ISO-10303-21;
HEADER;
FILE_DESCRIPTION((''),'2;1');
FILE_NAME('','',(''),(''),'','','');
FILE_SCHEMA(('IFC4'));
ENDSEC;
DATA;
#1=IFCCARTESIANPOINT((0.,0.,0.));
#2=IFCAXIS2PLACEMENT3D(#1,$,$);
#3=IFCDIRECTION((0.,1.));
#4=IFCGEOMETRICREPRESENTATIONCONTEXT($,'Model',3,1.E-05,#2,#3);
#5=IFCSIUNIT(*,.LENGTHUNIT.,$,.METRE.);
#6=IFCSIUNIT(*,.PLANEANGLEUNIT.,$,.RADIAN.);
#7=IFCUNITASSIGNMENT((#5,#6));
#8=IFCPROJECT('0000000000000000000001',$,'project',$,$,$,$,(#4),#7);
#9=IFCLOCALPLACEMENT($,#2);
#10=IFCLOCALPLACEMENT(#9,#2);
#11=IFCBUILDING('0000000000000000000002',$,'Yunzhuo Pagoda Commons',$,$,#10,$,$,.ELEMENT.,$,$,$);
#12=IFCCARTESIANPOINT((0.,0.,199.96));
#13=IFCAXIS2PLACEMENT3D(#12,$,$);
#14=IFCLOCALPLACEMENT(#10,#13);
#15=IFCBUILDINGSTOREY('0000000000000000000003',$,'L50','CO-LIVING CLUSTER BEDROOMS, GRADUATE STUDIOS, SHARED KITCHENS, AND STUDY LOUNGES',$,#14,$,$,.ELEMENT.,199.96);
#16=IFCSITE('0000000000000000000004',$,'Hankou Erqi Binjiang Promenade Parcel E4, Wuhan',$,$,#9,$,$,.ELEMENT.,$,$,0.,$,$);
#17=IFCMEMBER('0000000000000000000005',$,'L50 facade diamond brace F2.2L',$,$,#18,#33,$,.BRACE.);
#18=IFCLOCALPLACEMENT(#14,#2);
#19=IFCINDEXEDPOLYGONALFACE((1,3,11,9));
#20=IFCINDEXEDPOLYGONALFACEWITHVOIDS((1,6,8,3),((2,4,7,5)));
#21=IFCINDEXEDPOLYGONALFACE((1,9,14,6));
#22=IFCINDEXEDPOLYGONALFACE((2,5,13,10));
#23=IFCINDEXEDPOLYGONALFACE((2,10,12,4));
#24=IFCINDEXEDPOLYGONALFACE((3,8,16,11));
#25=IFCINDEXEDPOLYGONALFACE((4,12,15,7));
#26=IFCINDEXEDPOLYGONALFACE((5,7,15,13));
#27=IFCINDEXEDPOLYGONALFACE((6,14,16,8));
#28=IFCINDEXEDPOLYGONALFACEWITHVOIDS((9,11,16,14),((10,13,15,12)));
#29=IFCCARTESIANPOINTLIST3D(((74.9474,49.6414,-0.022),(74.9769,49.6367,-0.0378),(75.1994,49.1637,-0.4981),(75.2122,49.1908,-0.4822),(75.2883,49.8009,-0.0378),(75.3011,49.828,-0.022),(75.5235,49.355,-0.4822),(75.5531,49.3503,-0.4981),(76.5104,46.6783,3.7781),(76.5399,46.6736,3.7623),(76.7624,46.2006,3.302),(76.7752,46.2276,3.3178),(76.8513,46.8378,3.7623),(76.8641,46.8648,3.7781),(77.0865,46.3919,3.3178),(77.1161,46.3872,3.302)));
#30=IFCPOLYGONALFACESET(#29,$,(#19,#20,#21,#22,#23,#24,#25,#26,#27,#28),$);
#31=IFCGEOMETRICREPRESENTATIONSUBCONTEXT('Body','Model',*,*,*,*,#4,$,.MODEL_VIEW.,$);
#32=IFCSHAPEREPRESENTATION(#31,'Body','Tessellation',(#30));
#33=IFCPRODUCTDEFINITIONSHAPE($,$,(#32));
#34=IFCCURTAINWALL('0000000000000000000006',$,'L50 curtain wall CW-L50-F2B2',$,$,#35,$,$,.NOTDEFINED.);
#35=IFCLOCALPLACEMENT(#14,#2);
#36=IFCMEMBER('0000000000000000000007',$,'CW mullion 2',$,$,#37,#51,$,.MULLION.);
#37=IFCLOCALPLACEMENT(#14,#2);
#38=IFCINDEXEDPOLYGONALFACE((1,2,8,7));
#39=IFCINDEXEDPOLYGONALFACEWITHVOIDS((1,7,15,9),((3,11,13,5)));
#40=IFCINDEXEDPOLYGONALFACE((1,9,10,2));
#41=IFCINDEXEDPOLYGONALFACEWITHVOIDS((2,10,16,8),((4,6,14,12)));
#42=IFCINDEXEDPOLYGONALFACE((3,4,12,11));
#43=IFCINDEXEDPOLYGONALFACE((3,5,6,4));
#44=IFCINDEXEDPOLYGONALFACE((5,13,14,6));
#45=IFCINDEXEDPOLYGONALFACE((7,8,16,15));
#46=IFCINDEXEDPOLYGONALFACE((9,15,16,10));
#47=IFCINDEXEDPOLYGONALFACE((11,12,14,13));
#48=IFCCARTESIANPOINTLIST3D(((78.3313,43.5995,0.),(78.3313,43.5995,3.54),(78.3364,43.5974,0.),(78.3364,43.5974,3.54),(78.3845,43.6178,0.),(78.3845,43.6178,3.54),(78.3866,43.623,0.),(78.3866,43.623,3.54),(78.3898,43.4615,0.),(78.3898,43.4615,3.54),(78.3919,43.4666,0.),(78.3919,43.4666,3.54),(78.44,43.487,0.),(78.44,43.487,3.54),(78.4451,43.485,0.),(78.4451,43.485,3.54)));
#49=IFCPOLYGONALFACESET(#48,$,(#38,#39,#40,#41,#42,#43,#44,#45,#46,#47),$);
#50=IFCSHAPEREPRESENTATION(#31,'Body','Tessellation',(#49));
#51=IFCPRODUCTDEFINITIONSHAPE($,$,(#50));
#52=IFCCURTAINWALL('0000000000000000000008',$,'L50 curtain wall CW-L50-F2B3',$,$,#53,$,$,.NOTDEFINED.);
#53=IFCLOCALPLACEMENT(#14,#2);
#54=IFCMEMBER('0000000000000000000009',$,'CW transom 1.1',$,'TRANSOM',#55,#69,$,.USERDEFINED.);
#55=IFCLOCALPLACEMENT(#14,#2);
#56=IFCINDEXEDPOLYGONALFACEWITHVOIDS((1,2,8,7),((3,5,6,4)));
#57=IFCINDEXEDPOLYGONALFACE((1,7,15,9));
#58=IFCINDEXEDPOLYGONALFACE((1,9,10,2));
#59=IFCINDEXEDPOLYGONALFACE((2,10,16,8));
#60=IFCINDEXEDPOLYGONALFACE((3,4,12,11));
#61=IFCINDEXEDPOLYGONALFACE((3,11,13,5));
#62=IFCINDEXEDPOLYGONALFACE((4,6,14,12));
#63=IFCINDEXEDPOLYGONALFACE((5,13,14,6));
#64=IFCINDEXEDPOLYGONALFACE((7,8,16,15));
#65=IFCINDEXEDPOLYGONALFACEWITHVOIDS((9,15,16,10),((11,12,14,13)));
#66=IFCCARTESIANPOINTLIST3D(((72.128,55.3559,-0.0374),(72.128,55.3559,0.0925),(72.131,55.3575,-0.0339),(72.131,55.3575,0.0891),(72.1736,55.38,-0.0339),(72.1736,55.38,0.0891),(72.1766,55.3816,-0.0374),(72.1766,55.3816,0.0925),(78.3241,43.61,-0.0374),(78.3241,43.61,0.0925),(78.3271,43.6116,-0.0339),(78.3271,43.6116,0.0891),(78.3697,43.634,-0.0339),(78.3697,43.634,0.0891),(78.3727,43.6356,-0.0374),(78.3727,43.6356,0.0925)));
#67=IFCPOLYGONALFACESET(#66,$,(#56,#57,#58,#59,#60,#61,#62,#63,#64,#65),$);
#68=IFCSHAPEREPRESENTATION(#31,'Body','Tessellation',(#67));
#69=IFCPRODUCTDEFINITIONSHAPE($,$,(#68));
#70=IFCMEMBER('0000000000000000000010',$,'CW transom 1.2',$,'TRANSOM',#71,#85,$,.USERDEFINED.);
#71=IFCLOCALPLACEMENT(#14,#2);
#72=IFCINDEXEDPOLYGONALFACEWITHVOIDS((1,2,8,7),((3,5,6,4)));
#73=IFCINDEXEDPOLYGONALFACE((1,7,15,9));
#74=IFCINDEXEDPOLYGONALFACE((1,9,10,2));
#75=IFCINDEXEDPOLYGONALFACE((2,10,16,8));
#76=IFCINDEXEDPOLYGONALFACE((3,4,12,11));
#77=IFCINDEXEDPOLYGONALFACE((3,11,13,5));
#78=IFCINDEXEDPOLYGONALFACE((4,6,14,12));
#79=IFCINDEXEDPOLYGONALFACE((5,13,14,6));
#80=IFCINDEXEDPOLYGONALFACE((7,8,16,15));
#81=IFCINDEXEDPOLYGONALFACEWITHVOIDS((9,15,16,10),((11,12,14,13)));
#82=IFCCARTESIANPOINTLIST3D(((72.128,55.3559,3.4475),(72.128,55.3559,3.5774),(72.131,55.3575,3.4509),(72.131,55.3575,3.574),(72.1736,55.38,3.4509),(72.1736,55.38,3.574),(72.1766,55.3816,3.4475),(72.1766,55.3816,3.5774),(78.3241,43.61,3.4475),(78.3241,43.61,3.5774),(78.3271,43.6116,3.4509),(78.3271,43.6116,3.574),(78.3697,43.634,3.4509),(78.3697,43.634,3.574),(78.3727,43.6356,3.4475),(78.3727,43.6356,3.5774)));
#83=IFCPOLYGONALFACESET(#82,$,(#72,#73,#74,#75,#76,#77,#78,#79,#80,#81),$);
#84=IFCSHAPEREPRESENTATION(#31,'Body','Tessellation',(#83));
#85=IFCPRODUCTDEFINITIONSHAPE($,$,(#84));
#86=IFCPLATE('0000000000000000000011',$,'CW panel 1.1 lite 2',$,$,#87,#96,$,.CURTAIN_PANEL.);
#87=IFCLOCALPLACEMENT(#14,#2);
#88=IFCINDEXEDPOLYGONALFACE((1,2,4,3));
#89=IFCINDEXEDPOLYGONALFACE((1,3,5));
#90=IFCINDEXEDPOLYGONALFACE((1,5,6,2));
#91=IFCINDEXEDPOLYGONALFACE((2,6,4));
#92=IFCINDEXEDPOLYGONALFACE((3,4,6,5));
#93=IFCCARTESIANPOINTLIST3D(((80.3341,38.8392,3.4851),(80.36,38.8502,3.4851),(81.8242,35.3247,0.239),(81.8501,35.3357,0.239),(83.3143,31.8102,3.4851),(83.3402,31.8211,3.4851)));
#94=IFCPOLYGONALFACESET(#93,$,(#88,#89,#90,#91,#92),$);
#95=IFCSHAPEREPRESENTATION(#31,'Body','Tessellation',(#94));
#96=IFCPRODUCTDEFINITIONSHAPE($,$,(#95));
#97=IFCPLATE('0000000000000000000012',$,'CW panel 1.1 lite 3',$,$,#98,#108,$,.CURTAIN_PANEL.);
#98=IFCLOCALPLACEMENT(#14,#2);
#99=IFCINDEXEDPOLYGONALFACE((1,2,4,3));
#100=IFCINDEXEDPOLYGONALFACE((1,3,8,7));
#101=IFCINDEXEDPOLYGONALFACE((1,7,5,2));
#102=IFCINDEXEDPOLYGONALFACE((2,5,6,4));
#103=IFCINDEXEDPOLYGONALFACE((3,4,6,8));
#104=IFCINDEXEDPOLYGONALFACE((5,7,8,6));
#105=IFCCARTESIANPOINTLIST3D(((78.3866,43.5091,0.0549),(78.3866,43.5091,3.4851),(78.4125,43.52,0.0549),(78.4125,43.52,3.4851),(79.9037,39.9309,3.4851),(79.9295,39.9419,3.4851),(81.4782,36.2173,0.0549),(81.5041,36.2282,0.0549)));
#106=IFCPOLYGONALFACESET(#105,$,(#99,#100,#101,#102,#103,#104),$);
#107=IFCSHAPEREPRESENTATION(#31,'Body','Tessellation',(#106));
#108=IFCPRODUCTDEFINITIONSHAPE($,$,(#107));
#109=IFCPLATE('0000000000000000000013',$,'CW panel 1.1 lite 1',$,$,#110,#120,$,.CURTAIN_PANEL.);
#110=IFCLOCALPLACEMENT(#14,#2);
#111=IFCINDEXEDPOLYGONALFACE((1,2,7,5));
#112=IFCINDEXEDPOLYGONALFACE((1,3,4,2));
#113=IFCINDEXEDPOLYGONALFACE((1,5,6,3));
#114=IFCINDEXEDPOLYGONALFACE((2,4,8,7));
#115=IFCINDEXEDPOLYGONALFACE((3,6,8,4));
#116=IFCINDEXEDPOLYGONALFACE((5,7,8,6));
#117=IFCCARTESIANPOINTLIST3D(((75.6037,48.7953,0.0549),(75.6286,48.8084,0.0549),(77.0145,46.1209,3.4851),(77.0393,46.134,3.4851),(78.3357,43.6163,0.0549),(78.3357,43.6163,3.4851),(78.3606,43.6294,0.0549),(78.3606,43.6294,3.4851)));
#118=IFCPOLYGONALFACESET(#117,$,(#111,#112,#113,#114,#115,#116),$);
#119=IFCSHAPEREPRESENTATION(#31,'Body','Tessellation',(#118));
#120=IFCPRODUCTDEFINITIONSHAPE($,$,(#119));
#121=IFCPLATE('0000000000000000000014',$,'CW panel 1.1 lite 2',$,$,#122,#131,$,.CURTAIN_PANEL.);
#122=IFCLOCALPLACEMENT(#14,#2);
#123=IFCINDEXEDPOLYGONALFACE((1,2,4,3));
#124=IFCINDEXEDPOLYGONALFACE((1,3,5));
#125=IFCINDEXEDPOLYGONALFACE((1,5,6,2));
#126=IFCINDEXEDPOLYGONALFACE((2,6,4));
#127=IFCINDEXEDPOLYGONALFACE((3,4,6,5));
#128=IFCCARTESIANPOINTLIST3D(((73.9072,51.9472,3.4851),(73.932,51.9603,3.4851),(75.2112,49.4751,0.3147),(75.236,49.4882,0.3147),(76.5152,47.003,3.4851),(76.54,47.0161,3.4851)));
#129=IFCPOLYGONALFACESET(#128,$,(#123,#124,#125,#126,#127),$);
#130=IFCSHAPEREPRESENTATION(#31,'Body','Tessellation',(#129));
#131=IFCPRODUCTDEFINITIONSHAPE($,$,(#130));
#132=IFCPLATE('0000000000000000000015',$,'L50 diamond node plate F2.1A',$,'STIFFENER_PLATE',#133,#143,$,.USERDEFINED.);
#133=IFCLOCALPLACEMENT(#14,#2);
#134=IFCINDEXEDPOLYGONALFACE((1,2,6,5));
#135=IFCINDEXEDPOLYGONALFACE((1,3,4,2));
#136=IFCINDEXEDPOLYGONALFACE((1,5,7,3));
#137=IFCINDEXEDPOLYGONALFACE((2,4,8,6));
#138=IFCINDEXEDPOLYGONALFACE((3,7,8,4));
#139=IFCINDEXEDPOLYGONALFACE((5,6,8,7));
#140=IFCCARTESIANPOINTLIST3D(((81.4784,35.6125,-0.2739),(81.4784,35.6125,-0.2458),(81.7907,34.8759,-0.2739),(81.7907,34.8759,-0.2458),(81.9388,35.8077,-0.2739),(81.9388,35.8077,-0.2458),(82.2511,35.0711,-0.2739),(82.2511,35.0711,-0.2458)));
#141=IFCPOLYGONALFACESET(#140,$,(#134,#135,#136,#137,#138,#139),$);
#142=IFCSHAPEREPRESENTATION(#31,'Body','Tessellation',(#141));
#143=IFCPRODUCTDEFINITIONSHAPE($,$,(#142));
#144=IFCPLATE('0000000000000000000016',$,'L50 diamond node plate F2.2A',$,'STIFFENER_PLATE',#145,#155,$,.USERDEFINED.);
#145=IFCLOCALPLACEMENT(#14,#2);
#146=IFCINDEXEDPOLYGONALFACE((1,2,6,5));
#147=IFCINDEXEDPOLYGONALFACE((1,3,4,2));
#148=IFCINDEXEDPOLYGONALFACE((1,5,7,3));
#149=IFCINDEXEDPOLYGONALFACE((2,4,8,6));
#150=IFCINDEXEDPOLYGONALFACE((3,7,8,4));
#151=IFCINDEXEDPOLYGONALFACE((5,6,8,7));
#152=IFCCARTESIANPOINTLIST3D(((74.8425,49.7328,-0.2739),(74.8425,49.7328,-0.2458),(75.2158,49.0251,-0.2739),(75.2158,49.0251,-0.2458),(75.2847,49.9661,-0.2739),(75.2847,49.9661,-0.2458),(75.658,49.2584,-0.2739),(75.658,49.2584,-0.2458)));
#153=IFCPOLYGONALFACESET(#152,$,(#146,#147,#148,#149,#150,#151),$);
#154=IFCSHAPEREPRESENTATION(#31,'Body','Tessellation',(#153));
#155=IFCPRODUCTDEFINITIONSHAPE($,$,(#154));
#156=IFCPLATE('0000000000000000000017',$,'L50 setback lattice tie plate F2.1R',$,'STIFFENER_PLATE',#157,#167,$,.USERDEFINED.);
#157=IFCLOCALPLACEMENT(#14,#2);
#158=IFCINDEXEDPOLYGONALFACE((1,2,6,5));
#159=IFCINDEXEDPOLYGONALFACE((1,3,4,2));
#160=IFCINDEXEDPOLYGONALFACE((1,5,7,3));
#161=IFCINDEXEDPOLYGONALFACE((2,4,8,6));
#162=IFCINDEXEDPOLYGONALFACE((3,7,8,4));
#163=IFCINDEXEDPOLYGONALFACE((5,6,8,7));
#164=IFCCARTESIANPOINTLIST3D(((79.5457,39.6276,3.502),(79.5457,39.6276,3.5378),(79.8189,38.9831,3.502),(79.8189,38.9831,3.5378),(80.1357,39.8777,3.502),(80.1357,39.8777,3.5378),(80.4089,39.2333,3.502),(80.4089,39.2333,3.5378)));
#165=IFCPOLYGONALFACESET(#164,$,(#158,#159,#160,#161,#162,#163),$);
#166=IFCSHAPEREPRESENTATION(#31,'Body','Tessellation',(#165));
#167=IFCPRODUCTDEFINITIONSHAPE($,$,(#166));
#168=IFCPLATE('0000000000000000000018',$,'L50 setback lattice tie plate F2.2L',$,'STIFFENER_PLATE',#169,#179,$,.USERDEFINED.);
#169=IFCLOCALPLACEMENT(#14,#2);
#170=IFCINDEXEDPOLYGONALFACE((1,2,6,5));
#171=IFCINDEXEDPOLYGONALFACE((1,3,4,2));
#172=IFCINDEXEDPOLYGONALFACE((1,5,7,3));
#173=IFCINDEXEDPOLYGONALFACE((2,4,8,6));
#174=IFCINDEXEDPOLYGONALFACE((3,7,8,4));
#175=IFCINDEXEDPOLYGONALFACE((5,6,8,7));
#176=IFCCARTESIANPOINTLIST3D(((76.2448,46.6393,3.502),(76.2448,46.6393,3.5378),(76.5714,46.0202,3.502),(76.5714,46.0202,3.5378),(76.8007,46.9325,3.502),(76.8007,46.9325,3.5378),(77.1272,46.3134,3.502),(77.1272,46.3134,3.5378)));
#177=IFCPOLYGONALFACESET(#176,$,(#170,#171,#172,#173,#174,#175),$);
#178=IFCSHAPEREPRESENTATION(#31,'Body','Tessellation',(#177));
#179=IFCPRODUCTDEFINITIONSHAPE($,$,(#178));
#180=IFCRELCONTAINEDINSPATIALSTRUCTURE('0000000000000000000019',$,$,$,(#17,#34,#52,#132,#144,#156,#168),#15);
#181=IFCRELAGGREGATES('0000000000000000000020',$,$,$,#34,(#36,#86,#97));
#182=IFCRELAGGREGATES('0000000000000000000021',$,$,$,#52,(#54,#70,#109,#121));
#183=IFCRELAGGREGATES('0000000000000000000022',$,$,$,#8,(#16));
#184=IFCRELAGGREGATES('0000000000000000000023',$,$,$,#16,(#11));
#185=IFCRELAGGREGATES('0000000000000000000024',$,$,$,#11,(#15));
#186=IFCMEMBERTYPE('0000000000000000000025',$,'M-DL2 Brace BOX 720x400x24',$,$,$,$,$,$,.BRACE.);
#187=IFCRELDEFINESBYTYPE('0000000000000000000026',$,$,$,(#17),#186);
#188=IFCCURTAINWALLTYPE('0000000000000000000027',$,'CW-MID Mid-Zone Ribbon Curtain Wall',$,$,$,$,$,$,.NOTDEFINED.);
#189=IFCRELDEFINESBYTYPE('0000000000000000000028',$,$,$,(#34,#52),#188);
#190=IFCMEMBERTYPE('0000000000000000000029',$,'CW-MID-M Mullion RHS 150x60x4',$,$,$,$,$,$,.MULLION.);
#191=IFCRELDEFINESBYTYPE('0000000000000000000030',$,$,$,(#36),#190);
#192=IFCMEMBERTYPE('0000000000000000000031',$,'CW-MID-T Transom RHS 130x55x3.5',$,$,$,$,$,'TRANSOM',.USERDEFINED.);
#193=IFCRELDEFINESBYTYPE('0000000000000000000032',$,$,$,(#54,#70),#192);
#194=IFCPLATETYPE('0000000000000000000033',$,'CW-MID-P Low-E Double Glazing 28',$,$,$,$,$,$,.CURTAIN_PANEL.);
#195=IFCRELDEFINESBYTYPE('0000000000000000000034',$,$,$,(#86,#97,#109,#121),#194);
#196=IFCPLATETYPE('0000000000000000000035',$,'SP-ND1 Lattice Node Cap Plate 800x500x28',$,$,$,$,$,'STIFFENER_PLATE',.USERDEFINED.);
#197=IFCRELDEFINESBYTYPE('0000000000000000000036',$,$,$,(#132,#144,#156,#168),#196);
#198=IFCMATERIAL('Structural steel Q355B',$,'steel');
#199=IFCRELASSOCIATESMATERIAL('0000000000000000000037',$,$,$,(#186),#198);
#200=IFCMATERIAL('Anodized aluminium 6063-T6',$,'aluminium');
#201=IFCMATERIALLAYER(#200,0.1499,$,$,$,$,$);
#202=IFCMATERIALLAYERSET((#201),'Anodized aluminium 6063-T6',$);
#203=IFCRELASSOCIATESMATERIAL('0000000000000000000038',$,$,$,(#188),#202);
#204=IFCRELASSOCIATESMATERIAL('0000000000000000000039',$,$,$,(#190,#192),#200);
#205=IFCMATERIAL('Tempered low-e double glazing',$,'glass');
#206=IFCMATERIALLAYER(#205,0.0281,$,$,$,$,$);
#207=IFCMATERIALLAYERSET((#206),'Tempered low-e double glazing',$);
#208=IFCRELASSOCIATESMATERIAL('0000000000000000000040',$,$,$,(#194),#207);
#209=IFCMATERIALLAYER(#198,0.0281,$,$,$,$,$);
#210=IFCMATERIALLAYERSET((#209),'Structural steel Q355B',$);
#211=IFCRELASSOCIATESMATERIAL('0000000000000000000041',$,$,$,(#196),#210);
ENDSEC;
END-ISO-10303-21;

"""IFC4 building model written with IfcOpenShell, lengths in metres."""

from ifc_helpers import new_model, si_unit, direction, frame, origin, origin_2d, place, context, subcontext, project, spatial, polyline, rectangle, hollow_rectangle, outline, extrude, source, transform, mapped, material, layer, layer_set, material_profile, profile_set, type_object, element, aggregate, save


model = new_model("IFC4")

# Units and contexts
model_context = context("Model", 3, precision=1e-05, world=origin(), true_north=direction((0.0, 1.0)))
body_context = subcontext(model_context, "Body", "Model", "MODEL_VIEW")
ifc_project = project(units=[si_unit("LENGTHUNIT", "METRE"), si_unit("PLANEANGLEUNIT", "RADIAN")], contexts=[model_context])

# Site, building, storey
site_placement = place(None, origin())
site = spatial("IfcSite", under=ifc_project, at=site_placement, Name="Hankou Erqi Binjiang Promenade Parcel E4, Wuhan", CompositionType="ELEMENT", RefElevation=0.0)
building_placement = place(site_placement, origin())
building = spatial("IfcBuilding", under=site, at=building_placement, Name="Yunzhuo Pagoda Commons", CompositionType="ELEMENT")
storey_placement = place(building_placement, frame((0.0, 0.0, 199.96)))
storey = spatial("IfcBuildingStorey", under=building, at=storey_placement, Name="L50", Description="CO-LIVING CLUSTER BEDROOMS, GRADUATE STUDIOS, SHARED KITCHENS, AND STUDY LOUNGES", CompositionType="ELEMENT", Elevation=199.96)

# Shared definitions
ifc_material_1 = material(Name="Structural steel Q355B", Category="steel")

# Member
ifc_material_profile_1 = material_profile(ifc_material_1, hollow_rectangle(XDim=0.3999, YDim=0.72, WallThickness=0.0239, at=origin_2d()), Name="Structural steel Q355B")
ifc_profile_set_1 = profile_set([ifc_material_profile_1], Name="Structural steel Q355B")
member_type_1 = type_object("IfcMemberType", Name="M-DL2 Brace BOX 720x400x24", PredefinedType="BRACE", material=ifc_profile_set_1)
shared_shape_1 = source(origin(), body_context, "Body", "SweptSolid", [
    extrude(hollow_rectangle(XDim=0.3999, YDim=0.72, WallThickness=0.0239, at=origin_2d()), origin(), (0.0, 0.0, 1.0), 5.0659),
])
member_1_placement = place(storey_placement, frame((75.2502, 49.4958, -0.26), z_axis=(0.30853, -0.584916, 0.750121), x_axis=(0.884494, 0.466551, 0.0)))
element("IfcMember", 1, at=member_1_placement, inside=storey, type_object=member_type_1, Name="L50 facade diamond brace F2.2L", PredefinedType="BRACE", context=body_context, shape_type="MappedRepresentation", body=[
    mapped(shared_shape_1, transform((0.0, 0.0, 0.0), scale=1.0)),
])

# Curtain wall, member
ifc_material_2 = material(Name="Anodized aluminium 6063-T6", Category="aluminium")
ifc_layer_1 = layer(ifc_material_2, 0.1499)
ifc_layer_set_1 = layer_set([ifc_layer_1], Name="Anodized aluminium 6063-T6")
curtain_wall_type = type_object("IfcCurtainWallType", Name="CW-MID Mid-Zone Ribbon Curtain Wall", PredefinedType="NOTDEFINED", material=ifc_layer_set_1)
curtain_wall_1_placement = place(storey_placement, origin())
curtain_wall_1 = element("IfcCurtainWall", 2, at=curtain_wall_1_placement, inside=storey, type_object=curtain_wall_type, Name="L50 curtain wall CW-L50-F2B2", PredefinedType="NOTDEFINED")
ifc_material_profile_2 = material_profile(ifc_material_2, hollow_rectangle(XDim=0.0601, YDim=0.1499, WallThickness=0.0039, at=origin_2d()), Name="Anodized aluminium 6063-T6")
ifc_profile_set_2 = profile_set([ifc_material_profile_2], Name="Anodized aluminium 6063-T6")
member_type_2 = type_object("IfcMemberType", Name="CW-MID-M Mullion RHS 150x60x4", PredefinedType="MULLION", material=ifc_profile_set_2)
shared_shape_2 = source(origin(), body_context, "Body", "SweptSolid", [
    extrude(hollow_rectangle(XDim=0.0601, YDim=0.1499, WallThickness=0.0039, at=origin_2d()), origin(), (0.0, 0.0, 1.0), 3.54),
])
member_2_placement = place(storey_placement, frame((78.3882, 43.5422, 0.0), z_axis=(0.0, 0.0, 1.0), x_axis=(-0.920667, -0.39035, 0.0)))
member_2 = element("IfcMember", 3, at=member_2_placement, type_object=member_type_2, Name="CW mullion 2", PredefinedType="MULLION", context=body_context, shape_type="MappedRepresentation", body=[
    mapped(shared_shape_2, transform((0.0, 0.0, 0.0), scale=1.0)),
])

# Curtain wall, members
curtain_wall_2_placement = place(storey_placement, origin())
curtain_wall_2 = element("IfcCurtainWall", 4, at=curtain_wall_2_placement, inside=storey, type_object=curtain_wall_type, Name="L50 curtain wall CW-L50-F2B3", PredefinedType="NOTDEFINED")
ifc_material_profile_3 = material_profile(ifc_material_2, hollow_rectangle(XDim=0.0549, YDim=0.1299, WallThickness=0.0034, at=origin_2d()), Name="Anodized aluminium 6063-T6")
ifc_profile_set_3 = profile_set([ifc_material_profile_3], Name="Anodized aluminium 6063-T6")
member_type_3 = type_object("IfcMemberType", Name="CW-MID-T Transom RHS 130x55x3.5", ElementType="TRANSOM", PredefinedType="USERDEFINED", material=ifc_profile_set_3)
shared_shape_3 = source(origin(), body_context, "Body", "SweptSolid", [
    extrude(hollow_rectangle(XDim=0.0549, YDim=0.1299, WallThickness=0.0034, at=origin_2d()), origin(), (0.0, 0.0, 1.0), 13.28),
])
member_3_placement = place(storey_placement, frame((78.3484, 43.6228, 0.0276), z_axis=(-0.466573, 0.884483, 0.0), x_axis=(-0.884483, -0.466573, 0.0)))
member_3 = element("IfcMember", 5, at=member_3_placement, type_object=member_type_3, Name="CW transom 1.1", ObjectType="TRANSOM", PredefinedType="USERDEFINED", context=body_context, shape_type="MappedRepresentation", body=[
    mapped(shared_shape_3, transform((0.0, 0.0, 0.0), scale=1.0)),
])
member_4_placement = place(storey_placement, frame((78.3484, 43.6228, 3.5125), z_axis=(-0.466573, 0.884483, 0.0), x_axis=(-0.884483, -0.466573, 0.0)))
member_4 = element("IfcMember", 6, at=member_4_placement, type_object=member_type_3, Name="CW transom 1.2", ObjectType="TRANSOM", PredefinedType="USERDEFINED", context=body_context, shape_type="MappedRepresentation", body=[
    mapped(shared_shape_3, transform((0.0, 0.0, 0.0), scale=1.0)),
])

# Plates
ifc_material_3 = material(Name="Tempered low-e double glazing", Category="glass")
ifc_layer_2 = layer(ifc_material_3, 0.0281)
ifc_layer_set_2 = layer_set([ifc_layer_2], Name="Tempered low-e double glazing")
plate_type_1 = type_object("IfcPlateType", Name="CW-MID-P Low-E Double Glazing 28", PredefinedType="CURTAIN_PANEL", material=ifc_layer_set_2)
plate_1_placement = place(storey_placement, frame((81.8242, 35.3247, 1.8621), z_axis=(0.920667, 0.39035, 0.0), x_axis=(-0.39035, 0.920667, 0.0)))
plate_1 = element("IfcPlate", 7, at=plate_1_placement, type_object=plate_type_1, Name="CW panel 1.1 lite 2", PredefinedType="CURTAIN_PANEL", context=body_context, shape_type="SweptSolid", body=[
    extrude(outline(polyline([(-3.8174, 1.623), (0.0, -1.623), (3.8174, 1.623), (-3.8174, 1.623)])), origin(), (0.0, 0.0, 1.0), 0.0281),
])
plate_2_placement = place(storey_placement, frame((79.9324, 39.8633, 1.77), z_axis=(0.920667, 0.39035, 0.0), x_axis=(-0.39035, 0.920667, 0.0)))
plate_2 = element("IfcPlate", 8, at=plate_2_placement, type_object=plate_type_1, Name="CW panel 1.1 lite 3", PredefinedType="CURTAIN_PANEL", context=body_context, shape_type="SweptSolid", body=[
    extrude(outline(polyline([(-3.9602, -1.7151), (3.96, -1.7151), (3.96, 1.7151), (0.0735, 1.7151), (-3.9602, -1.7151)])), origin(), (0.0, 0.0, 1.0), 0.0281),
])
aggregate(curtain_wall_1, [member_2, plate_1, plate_2])
plate_3_placement = place(storey_placement, frame((76.9697, 46.2058, 1.77), z_axis=(0.884484, 0.466571, 0.0), x_axis=(-0.466571, 0.884484, 0.0)))
plate_3 = element("IfcPlate", 9, at=plate_3_placement, type_object=plate_type_1, Name="CW panel 1.1 lite 1", PredefinedType="CURTAIN_PANEL", context=body_context, shape_type="SweptSolid", body=[
    extrude(outline(polyline([(-2.9277, -1.7151), (2.9277, -1.7151), (-0.0959, 1.7151), (-2.9277, 1.7151), (-2.9277, -1.7151)])), origin(), (0.0, 0.0, 1.0), 0.0281),
])
plate_4_placement = place(storey_placement, frame((75.2112, 49.4751, 1.8999), z_axis=(0.884484, 0.466571, 0.0), x_axis=(-0.466571, 0.884484, 0.0)))
plate_4 = element("IfcPlate", 10, at=plate_4_placement, type_object=plate_type_1, Name="CW panel 1.1 lite 2", PredefinedType="CURTAIN_PANEL", context=body_context, shape_type="SweptSolid", body=[
    extrude(outline(polyline([(-2.7949, 1.5852), (0.0, -1.5852), (2.7949, 1.5852), (-2.7949, 1.5852)])), origin(), (0.0, 0.0, 1.0), 0.0281),
])
aggregate(curtain_wall_2, [member_3, member_4, plate_3, plate_4])

# Plates
ifc_layer_3 = layer(ifc_material_1, 0.0281)
ifc_layer_set_3 = layer_set([ifc_layer_3], Name="Structural steel Q355B")
plate_type_2 = type_object("IfcPlateType", Name="SP-ND1 Lattice Node Cap Plate 800x500x28", ElementType="STIFFENER_PLATE", PredefinedType="USERDEFINED", material=ifc_layer_set_3)
shared_shape_4 = source(origin(), body_context, "Body", "SweptSolid", [
    extrude(rectangle(XDim=0.8, YDim=0.5, at=origin_2d()), origin(), (0.0, 0.0, 1.0), 0.0281),
])
for number, where, z_axis, x_axis, name in (
    (11, (81.8647, 35.3418, -0.2739), (0.0, 0.0, 1.0), (-0.390346, 0.920668, 0.0), "L50 diamond node plate F2.1A"),
    (12, (75.2502, 49.4956, -0.2739), (0.0, 0.0, 1.0), (-0.466572, 0.884483, 0.0), "L50 diamond node plate F2.2A"),
):
    element("IfcPlate", number, at=place(storey_placement, frame(where, z_axis=z_axis, x_axis=x_axis)), inside=storey, type_object=plate_type_2, Name=name, ObjectType="STIFFENER_PLATE", PredefinedType="USERDEFINED", context=body_context, shape_type="MappedRepresentation", body=[
        mapped(shared_shape_4, transform((0.0, 0.0, 0.0), scale=1.0)),
    ])
shared_shape_5 = source(origin(), body_context, "Body", "SweptSolid", [
    extrude(rectangle(XDim=0.7, YDim=0.6409, at=origin_2d()), origin(), (0.0, 0.0, 1.0), 0.0359),
])
plate_5_placement = place(storey_placement, frame((79.9773, 39.4304, 3.502), z_axis=(0.0, 0.0, 1.0), x_axis=(-0.390346, 0.920668, 0.0)))
element("IfcPlate", 13, at=plate_5_placement, inside=storey, type_object=plate_type_2, Name="L50 setback lattice tie plate F2.1R", ObjectType="STIFFENER_PLATE", PredefinedType="USERDEFINED", context=body_context, shape_type="MappedRepresentation", body=[
    mapped(shared_shape_5, transform((0.0, 0.0, 0.0), scale=1.0)),
])
shared_shape_6 = source(origin(), body_context, "Body", "SweptSolid", [
    extrude(rectangle(XDim=0.7, YDim=0.6284, at=origin_2d()), origin(), (0.0, 0.0, 1.0), 0.0359),
])
plate_6_placement = place(storey_placement, frame((76.686, 46.4763, 3.502), z_axis=(0.0, 0.0, 1.0), x_axis=(-0.466572, 0.884483, 0.0)))
element("IfcPlate", 14, at=plate_6_placement, inside=storey, type_object=plate_type_2, Name="L50 setback lattice tie plate F2.2L", ObjectType="STIFFENER_PLATE", PredefinedType="USERDEFINED", context=body_context, shape_type="MappedRepresentation", body=[
    mapped(shared_shape_6, transform((0.0, 0.0, 0.0), scale=1.0)),
])

save(model, "model.ifc")
